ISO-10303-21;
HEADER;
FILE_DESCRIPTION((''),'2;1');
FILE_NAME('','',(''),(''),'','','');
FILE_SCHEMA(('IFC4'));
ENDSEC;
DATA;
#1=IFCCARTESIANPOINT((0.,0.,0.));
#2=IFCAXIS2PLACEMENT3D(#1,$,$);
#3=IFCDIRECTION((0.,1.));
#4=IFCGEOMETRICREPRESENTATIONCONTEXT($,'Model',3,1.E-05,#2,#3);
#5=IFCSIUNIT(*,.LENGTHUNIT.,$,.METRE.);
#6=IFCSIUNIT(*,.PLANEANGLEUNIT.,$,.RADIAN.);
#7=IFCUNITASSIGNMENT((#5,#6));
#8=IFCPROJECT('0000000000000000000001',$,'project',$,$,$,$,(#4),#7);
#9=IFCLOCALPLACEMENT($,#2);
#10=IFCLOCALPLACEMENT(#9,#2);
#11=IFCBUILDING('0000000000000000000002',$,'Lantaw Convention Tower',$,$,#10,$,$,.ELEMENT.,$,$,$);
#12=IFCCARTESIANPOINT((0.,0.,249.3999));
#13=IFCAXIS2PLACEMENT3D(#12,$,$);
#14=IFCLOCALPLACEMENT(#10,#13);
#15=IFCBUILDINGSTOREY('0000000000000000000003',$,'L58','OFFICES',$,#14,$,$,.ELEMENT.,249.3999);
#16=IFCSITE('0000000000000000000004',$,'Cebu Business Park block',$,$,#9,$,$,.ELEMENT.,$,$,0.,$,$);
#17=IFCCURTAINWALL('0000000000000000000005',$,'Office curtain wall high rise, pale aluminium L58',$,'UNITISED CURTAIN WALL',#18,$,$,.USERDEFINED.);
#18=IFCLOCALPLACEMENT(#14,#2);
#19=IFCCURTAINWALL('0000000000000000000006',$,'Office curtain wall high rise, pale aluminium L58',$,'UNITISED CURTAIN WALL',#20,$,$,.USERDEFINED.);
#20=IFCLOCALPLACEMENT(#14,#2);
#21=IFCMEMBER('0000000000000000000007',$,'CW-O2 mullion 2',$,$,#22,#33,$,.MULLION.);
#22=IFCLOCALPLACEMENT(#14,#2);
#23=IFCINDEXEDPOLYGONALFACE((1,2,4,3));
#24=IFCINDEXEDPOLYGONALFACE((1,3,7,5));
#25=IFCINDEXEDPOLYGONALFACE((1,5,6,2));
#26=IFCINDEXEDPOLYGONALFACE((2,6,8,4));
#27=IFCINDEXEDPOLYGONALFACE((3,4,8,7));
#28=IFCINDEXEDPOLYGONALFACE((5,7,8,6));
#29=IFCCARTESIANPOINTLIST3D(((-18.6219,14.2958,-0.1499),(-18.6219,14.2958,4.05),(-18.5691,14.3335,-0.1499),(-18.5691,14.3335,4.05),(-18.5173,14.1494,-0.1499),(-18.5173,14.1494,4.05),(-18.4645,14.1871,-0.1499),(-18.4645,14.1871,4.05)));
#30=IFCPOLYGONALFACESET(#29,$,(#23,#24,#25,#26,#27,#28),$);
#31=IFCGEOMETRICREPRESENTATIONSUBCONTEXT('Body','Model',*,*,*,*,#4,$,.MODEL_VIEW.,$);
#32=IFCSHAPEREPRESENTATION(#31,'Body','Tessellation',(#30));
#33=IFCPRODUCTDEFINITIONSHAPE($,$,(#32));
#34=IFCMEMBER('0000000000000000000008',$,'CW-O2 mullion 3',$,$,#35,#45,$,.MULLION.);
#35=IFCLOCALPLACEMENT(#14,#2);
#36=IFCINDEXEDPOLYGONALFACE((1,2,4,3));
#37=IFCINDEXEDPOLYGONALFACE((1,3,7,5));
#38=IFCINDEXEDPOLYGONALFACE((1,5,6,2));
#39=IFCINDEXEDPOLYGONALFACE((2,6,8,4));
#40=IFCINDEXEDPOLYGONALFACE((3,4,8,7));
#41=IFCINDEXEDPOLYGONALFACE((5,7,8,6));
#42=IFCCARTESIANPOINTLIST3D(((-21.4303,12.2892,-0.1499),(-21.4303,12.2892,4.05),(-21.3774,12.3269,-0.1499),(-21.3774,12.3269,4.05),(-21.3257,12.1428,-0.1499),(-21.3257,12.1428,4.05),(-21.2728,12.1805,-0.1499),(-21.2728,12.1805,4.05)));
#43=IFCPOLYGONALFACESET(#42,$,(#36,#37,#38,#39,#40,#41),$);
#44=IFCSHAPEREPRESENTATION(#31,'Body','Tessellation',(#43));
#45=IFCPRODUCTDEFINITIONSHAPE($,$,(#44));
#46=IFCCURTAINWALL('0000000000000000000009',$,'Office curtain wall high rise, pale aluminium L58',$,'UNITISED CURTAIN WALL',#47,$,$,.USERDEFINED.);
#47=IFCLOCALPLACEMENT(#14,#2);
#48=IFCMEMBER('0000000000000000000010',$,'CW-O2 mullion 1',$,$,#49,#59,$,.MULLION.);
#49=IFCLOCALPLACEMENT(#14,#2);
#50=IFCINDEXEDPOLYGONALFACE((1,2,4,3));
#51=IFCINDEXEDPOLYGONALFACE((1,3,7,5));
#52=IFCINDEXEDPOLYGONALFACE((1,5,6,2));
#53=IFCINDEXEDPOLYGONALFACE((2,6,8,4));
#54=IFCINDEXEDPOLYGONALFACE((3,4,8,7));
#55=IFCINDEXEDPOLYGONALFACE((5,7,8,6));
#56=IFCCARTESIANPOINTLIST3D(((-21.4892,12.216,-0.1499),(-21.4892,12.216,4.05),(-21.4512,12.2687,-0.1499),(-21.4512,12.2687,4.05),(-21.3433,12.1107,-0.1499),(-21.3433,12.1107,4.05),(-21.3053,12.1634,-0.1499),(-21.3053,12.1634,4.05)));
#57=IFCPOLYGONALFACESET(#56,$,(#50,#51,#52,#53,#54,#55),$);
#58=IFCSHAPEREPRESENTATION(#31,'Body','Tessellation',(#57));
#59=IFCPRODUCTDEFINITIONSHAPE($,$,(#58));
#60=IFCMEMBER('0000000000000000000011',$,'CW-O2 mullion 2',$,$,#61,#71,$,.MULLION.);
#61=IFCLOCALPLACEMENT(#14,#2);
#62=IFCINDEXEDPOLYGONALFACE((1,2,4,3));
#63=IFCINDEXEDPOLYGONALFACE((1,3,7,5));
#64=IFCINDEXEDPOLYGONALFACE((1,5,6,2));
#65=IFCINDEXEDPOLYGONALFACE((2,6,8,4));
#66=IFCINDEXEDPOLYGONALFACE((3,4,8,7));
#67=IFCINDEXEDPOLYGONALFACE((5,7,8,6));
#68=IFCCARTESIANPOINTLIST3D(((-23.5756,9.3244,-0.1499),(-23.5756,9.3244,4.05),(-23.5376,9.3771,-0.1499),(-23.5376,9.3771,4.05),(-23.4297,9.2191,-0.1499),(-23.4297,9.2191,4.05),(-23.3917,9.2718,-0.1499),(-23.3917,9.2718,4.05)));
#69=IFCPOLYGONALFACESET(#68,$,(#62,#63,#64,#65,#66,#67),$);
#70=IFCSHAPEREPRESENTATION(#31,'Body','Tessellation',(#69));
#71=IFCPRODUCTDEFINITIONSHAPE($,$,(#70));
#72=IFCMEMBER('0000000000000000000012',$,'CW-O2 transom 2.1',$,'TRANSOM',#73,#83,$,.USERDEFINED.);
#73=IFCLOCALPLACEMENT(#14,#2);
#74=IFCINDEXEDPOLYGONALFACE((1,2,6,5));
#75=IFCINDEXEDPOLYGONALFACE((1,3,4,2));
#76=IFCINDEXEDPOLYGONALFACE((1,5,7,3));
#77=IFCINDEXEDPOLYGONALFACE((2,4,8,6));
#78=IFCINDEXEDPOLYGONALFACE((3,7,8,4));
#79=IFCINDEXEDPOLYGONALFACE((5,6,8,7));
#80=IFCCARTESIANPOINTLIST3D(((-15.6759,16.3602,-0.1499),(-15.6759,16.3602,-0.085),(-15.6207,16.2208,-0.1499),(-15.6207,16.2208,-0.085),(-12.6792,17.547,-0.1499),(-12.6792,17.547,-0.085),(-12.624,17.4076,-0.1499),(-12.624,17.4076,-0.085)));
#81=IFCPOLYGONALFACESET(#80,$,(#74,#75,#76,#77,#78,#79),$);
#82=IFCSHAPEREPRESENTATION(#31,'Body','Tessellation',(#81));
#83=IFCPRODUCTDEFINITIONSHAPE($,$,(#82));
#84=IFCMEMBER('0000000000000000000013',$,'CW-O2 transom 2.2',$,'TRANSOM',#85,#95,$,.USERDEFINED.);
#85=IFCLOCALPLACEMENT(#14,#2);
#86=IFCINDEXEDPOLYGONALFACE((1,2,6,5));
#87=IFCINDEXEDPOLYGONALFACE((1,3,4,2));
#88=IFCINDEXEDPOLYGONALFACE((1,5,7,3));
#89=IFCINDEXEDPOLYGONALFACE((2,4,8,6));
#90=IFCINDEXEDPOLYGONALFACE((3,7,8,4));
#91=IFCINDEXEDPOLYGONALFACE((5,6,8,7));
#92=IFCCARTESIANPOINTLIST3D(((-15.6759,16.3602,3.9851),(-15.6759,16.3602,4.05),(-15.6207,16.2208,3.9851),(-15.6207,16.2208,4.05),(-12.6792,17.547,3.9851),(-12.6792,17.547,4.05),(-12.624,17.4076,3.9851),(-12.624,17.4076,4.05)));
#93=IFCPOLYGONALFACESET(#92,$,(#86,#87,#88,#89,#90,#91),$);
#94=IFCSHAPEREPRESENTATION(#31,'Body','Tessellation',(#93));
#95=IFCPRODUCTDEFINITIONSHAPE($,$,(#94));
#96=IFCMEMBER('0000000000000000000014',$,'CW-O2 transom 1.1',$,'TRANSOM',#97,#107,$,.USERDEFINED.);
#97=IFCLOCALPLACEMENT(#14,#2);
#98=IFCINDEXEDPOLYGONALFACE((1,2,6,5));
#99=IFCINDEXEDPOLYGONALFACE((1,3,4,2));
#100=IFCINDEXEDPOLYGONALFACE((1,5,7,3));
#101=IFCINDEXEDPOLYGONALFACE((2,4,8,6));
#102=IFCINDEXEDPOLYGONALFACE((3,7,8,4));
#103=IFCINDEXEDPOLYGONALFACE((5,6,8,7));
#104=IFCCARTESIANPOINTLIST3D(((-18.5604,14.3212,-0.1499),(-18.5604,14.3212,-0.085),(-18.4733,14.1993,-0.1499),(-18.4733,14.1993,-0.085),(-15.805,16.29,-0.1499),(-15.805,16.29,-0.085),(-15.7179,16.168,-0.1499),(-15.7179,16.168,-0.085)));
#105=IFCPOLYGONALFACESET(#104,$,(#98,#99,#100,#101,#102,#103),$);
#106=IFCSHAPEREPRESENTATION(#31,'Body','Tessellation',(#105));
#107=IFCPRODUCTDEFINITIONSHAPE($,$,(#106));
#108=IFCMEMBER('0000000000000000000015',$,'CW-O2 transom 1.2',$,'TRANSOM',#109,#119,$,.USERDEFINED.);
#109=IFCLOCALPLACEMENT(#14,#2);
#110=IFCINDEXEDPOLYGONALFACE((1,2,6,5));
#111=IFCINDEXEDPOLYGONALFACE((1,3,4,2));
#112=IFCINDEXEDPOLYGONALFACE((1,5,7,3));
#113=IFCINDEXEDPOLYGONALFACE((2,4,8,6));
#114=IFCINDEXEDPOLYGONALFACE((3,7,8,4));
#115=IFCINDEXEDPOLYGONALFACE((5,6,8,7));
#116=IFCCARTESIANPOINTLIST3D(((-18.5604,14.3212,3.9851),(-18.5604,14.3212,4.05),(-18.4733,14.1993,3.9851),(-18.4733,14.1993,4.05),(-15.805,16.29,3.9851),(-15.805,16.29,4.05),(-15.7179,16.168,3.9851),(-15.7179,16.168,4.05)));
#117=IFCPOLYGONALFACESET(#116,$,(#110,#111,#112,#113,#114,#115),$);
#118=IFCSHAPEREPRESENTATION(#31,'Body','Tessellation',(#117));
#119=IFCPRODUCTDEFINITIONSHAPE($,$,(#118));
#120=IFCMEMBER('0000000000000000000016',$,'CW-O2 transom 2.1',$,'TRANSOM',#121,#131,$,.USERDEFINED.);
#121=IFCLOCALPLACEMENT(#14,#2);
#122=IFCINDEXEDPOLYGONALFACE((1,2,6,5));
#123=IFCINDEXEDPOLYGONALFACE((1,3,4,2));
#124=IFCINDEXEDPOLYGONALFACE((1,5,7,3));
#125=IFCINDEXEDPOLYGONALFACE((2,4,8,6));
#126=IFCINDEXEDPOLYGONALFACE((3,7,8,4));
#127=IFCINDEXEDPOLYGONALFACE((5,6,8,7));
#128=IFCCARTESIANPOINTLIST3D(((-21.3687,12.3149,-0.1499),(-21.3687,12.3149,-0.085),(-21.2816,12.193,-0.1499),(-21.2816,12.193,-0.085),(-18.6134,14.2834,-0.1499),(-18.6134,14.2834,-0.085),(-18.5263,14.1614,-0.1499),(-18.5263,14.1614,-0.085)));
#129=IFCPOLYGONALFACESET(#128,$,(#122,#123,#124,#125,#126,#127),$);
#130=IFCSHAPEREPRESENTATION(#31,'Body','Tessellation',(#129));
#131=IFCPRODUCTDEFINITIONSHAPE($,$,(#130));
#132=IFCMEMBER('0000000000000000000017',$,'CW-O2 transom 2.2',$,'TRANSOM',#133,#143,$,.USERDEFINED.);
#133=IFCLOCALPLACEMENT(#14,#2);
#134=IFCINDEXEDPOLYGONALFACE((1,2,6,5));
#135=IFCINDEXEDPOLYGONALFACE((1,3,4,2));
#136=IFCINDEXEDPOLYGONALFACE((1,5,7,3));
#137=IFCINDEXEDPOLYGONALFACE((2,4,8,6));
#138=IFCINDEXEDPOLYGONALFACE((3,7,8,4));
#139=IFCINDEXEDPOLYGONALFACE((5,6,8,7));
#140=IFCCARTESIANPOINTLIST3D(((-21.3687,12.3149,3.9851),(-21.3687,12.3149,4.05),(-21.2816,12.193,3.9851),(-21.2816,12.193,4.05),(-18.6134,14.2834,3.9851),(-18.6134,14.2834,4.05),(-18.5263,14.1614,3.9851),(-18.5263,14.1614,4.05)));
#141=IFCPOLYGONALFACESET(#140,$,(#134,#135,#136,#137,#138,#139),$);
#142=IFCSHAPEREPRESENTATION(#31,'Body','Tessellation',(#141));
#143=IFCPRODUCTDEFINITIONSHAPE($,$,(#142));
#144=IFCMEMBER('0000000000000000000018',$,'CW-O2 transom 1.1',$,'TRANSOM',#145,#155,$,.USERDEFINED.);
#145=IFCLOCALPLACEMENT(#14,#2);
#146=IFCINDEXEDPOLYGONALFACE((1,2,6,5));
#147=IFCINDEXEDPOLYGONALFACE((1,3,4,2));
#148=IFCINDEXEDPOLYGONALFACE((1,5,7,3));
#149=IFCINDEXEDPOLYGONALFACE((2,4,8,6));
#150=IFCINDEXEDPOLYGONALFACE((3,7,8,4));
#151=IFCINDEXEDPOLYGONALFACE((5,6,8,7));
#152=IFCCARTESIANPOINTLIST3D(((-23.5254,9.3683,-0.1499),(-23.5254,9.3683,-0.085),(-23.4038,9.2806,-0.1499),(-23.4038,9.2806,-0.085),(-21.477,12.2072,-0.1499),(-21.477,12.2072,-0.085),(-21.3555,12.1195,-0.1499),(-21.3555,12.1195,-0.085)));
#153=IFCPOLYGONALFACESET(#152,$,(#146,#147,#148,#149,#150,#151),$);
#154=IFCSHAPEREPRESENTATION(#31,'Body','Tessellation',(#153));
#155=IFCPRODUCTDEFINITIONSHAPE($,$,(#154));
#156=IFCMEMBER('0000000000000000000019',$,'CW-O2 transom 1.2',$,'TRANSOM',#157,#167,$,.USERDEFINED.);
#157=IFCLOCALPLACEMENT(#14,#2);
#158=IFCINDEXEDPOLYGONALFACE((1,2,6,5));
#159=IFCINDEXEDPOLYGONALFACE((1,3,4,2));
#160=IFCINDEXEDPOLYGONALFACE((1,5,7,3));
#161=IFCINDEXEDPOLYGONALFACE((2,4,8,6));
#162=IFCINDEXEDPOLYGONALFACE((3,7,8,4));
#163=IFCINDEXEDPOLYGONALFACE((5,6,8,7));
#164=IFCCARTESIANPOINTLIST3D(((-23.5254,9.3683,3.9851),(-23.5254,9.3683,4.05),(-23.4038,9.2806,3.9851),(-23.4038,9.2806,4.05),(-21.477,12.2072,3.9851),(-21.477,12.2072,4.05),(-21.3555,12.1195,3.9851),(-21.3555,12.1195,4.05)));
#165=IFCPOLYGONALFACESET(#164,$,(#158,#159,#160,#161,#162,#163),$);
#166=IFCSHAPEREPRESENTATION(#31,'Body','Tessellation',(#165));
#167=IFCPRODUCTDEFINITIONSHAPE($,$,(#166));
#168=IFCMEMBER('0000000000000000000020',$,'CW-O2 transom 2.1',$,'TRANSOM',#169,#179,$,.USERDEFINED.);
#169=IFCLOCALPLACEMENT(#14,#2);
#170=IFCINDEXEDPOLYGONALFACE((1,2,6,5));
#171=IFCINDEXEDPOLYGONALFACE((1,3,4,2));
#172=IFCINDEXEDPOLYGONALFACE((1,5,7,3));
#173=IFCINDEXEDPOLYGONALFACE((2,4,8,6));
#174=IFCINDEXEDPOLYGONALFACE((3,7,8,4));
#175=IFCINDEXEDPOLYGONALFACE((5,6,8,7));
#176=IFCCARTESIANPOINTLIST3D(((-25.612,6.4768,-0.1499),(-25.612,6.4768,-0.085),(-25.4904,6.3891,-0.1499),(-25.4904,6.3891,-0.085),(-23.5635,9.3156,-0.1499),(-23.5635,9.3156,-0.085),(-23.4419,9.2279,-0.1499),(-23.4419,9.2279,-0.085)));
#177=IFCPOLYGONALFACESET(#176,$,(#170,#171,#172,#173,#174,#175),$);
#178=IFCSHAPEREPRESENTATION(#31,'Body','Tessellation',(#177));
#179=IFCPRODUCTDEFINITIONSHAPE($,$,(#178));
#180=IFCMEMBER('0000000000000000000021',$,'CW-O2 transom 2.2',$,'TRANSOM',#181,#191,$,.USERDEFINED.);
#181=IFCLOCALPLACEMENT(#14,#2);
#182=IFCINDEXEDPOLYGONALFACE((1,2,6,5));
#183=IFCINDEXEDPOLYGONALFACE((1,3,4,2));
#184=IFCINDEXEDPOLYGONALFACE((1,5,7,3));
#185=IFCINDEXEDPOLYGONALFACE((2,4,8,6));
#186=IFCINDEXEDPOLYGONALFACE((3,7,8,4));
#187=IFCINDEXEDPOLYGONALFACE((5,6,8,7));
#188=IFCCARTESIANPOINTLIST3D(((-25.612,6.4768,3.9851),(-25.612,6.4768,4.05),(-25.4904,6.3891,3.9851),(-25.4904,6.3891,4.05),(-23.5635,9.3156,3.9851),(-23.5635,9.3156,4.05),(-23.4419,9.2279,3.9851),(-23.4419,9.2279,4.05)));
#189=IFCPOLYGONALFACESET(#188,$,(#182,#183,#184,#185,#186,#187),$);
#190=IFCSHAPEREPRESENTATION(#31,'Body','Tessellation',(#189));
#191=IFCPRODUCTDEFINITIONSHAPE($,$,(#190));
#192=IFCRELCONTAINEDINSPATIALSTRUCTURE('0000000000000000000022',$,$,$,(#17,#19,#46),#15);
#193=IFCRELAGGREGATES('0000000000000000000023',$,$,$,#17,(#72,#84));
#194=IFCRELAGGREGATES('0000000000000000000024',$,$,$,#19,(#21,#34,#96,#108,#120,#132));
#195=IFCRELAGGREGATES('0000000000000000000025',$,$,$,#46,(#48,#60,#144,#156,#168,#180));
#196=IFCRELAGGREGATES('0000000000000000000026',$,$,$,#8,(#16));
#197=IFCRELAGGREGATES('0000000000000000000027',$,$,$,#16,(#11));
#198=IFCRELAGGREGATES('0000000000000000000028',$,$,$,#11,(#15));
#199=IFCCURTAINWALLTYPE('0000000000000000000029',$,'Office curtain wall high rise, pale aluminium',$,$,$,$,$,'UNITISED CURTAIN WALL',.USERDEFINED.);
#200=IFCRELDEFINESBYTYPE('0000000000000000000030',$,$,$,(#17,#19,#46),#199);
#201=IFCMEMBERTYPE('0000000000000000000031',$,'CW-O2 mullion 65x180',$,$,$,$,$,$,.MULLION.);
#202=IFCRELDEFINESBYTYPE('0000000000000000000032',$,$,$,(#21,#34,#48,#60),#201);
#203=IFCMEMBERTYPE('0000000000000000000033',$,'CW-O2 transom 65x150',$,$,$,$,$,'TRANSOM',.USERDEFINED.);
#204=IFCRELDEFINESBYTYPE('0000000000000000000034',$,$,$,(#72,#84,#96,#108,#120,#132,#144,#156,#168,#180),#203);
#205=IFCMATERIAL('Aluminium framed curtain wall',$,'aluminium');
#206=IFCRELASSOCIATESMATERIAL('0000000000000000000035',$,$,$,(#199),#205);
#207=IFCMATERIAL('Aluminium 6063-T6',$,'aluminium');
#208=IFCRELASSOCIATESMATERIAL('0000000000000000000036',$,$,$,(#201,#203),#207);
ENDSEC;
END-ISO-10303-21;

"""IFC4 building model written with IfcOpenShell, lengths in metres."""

from ifc_helpers import new_model, si_unit, direction, frame, origin, origin_2d, place, context, subcontext, project, spatial, rectangle, extrude, material, material_profile, profile_set, type_object, element, aggregate, save


model = new_model("IFC4")

# Units and contexts
model_context = context("Model", 3, precision=1e-05, world=origin(), true_north=direction((0.0, 1.0)))
body_context = subcontext(model_context, "Body", "Model", "MODEL_VIEW")
ifc_project = project(units=[si_unit("LENGTHUNIT", "METRE"), si_unit("PLANEANGLEUNIT", "RADIAN")], contexts=[model_context])

# Site, building, storey
site_placement = place(None, origin())
site = spatial("IfcSite", under=ifc_project, at=site_placement, Name="Cebu Business Park block", CompositionType="ELEMENT", RefElevation=0.0)
building_placement = place(site_placement, origin())
building = spatial("IfcBuilding", under=site, at=building_placement, Name="Lantaw Convention Tower", CompositionType="ELEMENT")
storey_placement = place(building_placement, frame((0.0, 0.0, 249.3999)))
storey = spatial("IfcBuildingStorey", under=building, at=storey_placement, Name="L58", Description="OFFICES", CompositionType="ELEMENT", Elevation=249.3999)

# Curtain walls, members
ifc_material_1 = material(Name="Aluminium framed curtain wall", Category="aluminium")
curtain_wall_type = type_object("IfcCurtainWallType", Name="Office curtain wall high rise, pale aluminium", ElementType="UNITISED CURTAIN WALL", PredefinedType="USERDEFINED", material=ifc_material_1)
curtain_wall_1_placement = place(storey_placement, origin())
curtain_wall_1 = element("IfcCurtainWall", 1, at=curtain_wall_1_placement, inside=storey, type_object=curtain_wall_type, Name="Office curtain wall high rise, pale aluminium L58", ObjectType="UNITISED CURTAIN WALL", PredefinedType="USERDEFINED")
ifc_material_2 = material(Name="Aluminium 6063-T6", Category="aluminium")
ifc_material_profile_1 = material_profile(ifc_material_2, rectangle(XDim=0.1799, YDim=0.0649, at=origin_2d()), Name="CW-O2 mullion 65x180")
ifc_profile_set_1 = profile_set([ifc_material_profile_1], Name="Aluminium 6063-T6")
member_type_1 = type_object("IfcMemberType", Name="CW-O2 mullion 65x180", PredefinedType="MULLION", material=ifc_profile_set_1)
curtain_wall_2_placement = place(storey_placement, origin())
curtain_wall_2 = element("IfcCurtainWall", 2, at=curtain_wall_2_placement, inside=storey, type_object=curtain_wall_type, Name="Office curtain wall high rise, pale aluminium L58", ObjectType="UNITISED CURTAIN WALL", PredefinedType="USERDEFINED")
member_1_placement = place(storey_placement, frame((-18.5432, 14.2415, -0.1499), z_axis=(0.0, 0.0, 1.0), x_axis=(0.581323, -0.813673, 0.0)))
member_1 = element("IfcMember", 3, at=member_1_placement, type_object=member_type_1, Name="CW-O2 mullion 2", PredefinedType="MULLION", context=body_context, shape_type="SweptSolid", body=[
    extrude(rectangle(XDim=0.1799, YDim=0.0649, at=origin_2d()), origin(), (0.0, 0.0, 1.0), 4.2),
])
member_2_placement = place(storey_placement, frame((-21.3516, 12.2349, -0.1499), z_axis=(0.0, 0.0, 1.0), x_axis=(0.581323, -0.813673, 0.0)))
member_2 = element("IfcMember", 4, at=member_2_placement, type_object=member_type_1, Name="CW-O2 mullion 3", PredefinedType="MULLION", context=body_context, shape_type="SweptSolid", body=[
    extrude(rectangle(XDim=0.1799, YDim=0.0649, at=origin_2d()), origin(), (0.0, 0.0, 1.0), 4.2),
])
curtain_wall_3_placement = place(storey_placement, origin())
curtain_wall_3 = element("IfcCurtainWall", 5, at=curtain_wall_3_placement, inside=storey, type_object=curtain_wall_type, Name="Office curtain wall high rise, pale aluminium L58", ObjectType="UNITISED CURTAIN WALL", PredefinedType="USERDEFINED")
member_3_placement = place(storey_placement, frame((-21.3972, 12.1897, -0.1499), z_axis=(0.0, 0.0, 1.0), x_axis=(0.81092, -0.585158, 0.0)))
member_3 = element("IfcMember", 6, at=member_3_placement, type_object=member_type_1, Name="CW-O2 mullion 1", PredefinedType="MULLION", context=body_context, shape_type="SweptSolid", body=[
    extrude(rectangle(XDim=0.1799, YDim=0.0649, at=origin_2d()), origin(), (0.0, 0.0, 1.0), 4.2),
])
member_4_placement = place(storey_placement, frame((-23.4836, 9.2981, -0.1499), z_axis=(0.0, 0.0, 1.0), x_axis=(0.81092, -0.585158, 0.0)))
member_4 = element("IfcMember", 7, at=member_4_placement, type_object=member_type_1, Name="CW-O2 mullion 2", PredefinedType="MULLION", context=body_context, shape_type="SweptSolid", body=[
    extrude(rectangle(XDim=0.1799, YDim=0.0649, at=origin_2d()), origin(), (0.0, 0.0, 1.0), 4.2),
])

# Members
ifc_material_profile_2 = material_profile(ifc_material_2, rectangle(XDim=0.1499, YDim=0.0649, at=origin_2d()), Name="CW-O2 transom 65x150")
ifc_profile_set_2 = profile_set([ifc_material_profile_2], Name="Aluminium 6063-T6")
member_type_2 = type_object("IfcMemberType", Name="CW-O2 transom 65x150", ElementType="TRANSOM", PredefinedType="USERDEFINED", material=ifc_profile_set_2)
member_5_placement = place(storey_placement, frame((-12.6516, 17.4773, -0.1174), z_axis=(-0.929741, -0.368215, 0.0), x_axis=(0.368215, -0.929741, 0.0)))
member_5 = element("IfcMember", 8, at=member_5_placement, type_object=member_type_2, Name="CW-O2 transom 2.1", ObjectType="TRANSOM", PredefinedType="USERDEFINED", context=body_context, shape_type="SweptSolid", body=[
    extrude(rectangle(XDim=0.1499, YDim=0.0649, at=origin_2d()), origin(), (0.0, 0.0, 1.0), 3.2231),
])
member_6_placement = place(storey_placement, frame((-12.6516, 17.4773, 4.0176), z_axis=(-0.929741, -0.368215, 0.0), x_axis=(0.368215, -0.929741, 0.0)))
member_6 = element("IfcMember", 9, at=member_6_placement, type_object=member_type_2, Name="CW-O2 transom 2.2", ObjectType="TRANSOM", PredefinedType="USERDEFINED", context=body_context, shape_type="SweptSolid", body=[
    extrude(rectangle(XDim=0.1499, YDim=0.0649, at=origin_2d()), origin(), (0.0, 0.0, 1.0), 3.2231),
])
member_7_placement = place(storey_placement, frame((-15.7615, 16.229, -0.1174), z_axis=(-0.813646, -0.581361, 0.0), x_axis=(0.581361, -0.813646, 0.0)))
member_7 = element("IfcMember", 10, at=member_7_placement, type_object=member_type_2, Name="CW-O2 transom 1.1", ObjectType="TRANSOM", PredefinedType="USERDEFINED", context=body_context, shape_type="SweptSolid", body=[
    extrude(rectangle(XDim=0.1499, YDim=0.0649, at=origin_2d()), origin(), (0.0, 0.0, 1.0), 3.3865),
])
member_8_placement = place(storey_placement, frame((-15.7615, 16.229, 4.0176), z_axis=(-0.813646, -0.581361, 0.0), x_axis=(0.581361, -0.813646, 0.0)))
member_8 = element("IfcMember", 11, at=member_8_placement, type_object=member_type_2, Name="CW-O2 transom 1.2", ObjectType="TRANSOM", PredefinedType="USERDEFINED", context=body_context, shape_type="SweptSolid", body=[
    extrude(rectangle(XDim=0.1499, YDim=0.0649, at=origin_2d()), origin(), (0.0, 0.0, 1.0), 3.3865),
])
member_9_placement = place(storey_placement, frame((-18.5698, 14.2224, -0.1174), z_axis=(-0.81368, -0.581313, 0.0), x_axis=(0.581313, -0.81368, 0.0)))
member_9 = element("IfcMember", 12, at=member_9_placement, type_object=member_type_2, Name="CW-O2 transom 2.1", ObjectType="TRANSOM", PredefinedType="USERDEFINED", context=body_context, shape_type="SweptSolid", body=[
    extrude(rectangle(XDim=0.1499, YDim=0.0649, at=origin_2d()), origin(), (0.0, 0.0, 1.0), 3.3862),
])
member_10_placement = place(storey_placement, frame((-18.5698, 14.2224, 4.0176), z_axis=(-0.81368, -0.581313, 0.0), x_axis=(0.581313, -0.81368, 0.0)))
member_10 = element("IfcMember", 13, at=member_10_placement, type_object=member_type_2, Name="CW-O2 transom 2.2", ObjectType="TRANSOM", PredefinedType="USERDEFINED", context=body_context, shape_type="SweptSolid", body=[
    extrude(rectangle(XDim=0.1499, YDim=0.0649, at=origin_2d()), origin(), (0.0, 0.0, 1.0), 3.3862),
])
member_11_placement = place(storey_placement, frame((-21.4163, 12.1633, -0.1174), z_axis=(-0.585124, -0.810944, 0.0), x_axis=(0.810944, -0.585124, 0.0)))
member_11 = element("IfcMember", 14, at=member_11_placement, type_object=member_type_2, Name="CW-O2 transom 1.1", ObjectType="TRANSOM", PredefinedType="USERDEFINED", context=body_context, shape_type="SweptSolid", body=[
    extrude(rectangle(XDim=0.1499, YDim=0.0649, at=origin_2d()), origin(), (0.0, 0.0, 1.0), 3.5007),
])
member_12_placement = place(storey_placement, frame((-21.4163, 12.1633, 4.0176), z_axis=(-0.585124, -0.810944, 0.0), x_axis=(0.810944, -0.585124, 0.0)))
member_12 = element("IfcMember", 15, at=member_12_placement, type_object=member_type_2, Name="CW-O2 transom 1.2", ObjectType="TRANSOM", PredefinedType="USERDEFINED", context=body_context, shape_type="SweptSolid", body=[
    extrude(rectangle(XDim=0.1499, YDim=0.0649, at=origin_2d()), origin(), (0.0, 0.0, 1.0), 3.5007),
])
member_13_placement = place(storey_placement, frame((-23.5027, 9.2717, -0.1174), z_axis=(-0.58517, -0.810911, 0.0), x_axis=(0.810911, -0.58517, 0.0)))
member_13 = element("IfcMember", 16, at=member_13_placement, type_object=member_type_2, Name="CW-O2 transom 2.1", ObjectType="TRANSOM", PredefinedType="USERDEFINED", context=body_context, shape_type="SweptSolid", body=[
    extrude(rectangle(XDim=0.1499, YDim=0.0649, at=origin_2d()), origin(), (0.0, 0.0, 1.0), 3.5007),
])
member_14_placement = place(storey_placement, frame((-23.5027, 9.2717, 4.0176), z_axis=(-0.58517, -0.810911, 0.0), x_axis=(0.810911, -0.58517, 0.0)))
member_14 = element("IfcMember", 17, at=member_14_placement, type_object=member_type_2, Name="CW-O2 transom 2.2", ObjectType="TRANSOM", PredefinedType="USERDEFINED", context=body_context, shape_type="SweptSolid", body=[
    extrude(rectangle(XDim=0.1499, YDim=0.0649, at=origin_2d()), origin(), (0.0, 0.0, 1.0), 3.5007),
])

aggregate(curtain_wall_1, [member_5, member_6])
aggregate(curtain_wall_2, [member_1, member_2, member_7, member_8, member_9, member_10])
aggregate(curtain_wall_3, [member_3, member_4, member_11, member_12, member_13, member_14])

save(model, "model.ifc")
